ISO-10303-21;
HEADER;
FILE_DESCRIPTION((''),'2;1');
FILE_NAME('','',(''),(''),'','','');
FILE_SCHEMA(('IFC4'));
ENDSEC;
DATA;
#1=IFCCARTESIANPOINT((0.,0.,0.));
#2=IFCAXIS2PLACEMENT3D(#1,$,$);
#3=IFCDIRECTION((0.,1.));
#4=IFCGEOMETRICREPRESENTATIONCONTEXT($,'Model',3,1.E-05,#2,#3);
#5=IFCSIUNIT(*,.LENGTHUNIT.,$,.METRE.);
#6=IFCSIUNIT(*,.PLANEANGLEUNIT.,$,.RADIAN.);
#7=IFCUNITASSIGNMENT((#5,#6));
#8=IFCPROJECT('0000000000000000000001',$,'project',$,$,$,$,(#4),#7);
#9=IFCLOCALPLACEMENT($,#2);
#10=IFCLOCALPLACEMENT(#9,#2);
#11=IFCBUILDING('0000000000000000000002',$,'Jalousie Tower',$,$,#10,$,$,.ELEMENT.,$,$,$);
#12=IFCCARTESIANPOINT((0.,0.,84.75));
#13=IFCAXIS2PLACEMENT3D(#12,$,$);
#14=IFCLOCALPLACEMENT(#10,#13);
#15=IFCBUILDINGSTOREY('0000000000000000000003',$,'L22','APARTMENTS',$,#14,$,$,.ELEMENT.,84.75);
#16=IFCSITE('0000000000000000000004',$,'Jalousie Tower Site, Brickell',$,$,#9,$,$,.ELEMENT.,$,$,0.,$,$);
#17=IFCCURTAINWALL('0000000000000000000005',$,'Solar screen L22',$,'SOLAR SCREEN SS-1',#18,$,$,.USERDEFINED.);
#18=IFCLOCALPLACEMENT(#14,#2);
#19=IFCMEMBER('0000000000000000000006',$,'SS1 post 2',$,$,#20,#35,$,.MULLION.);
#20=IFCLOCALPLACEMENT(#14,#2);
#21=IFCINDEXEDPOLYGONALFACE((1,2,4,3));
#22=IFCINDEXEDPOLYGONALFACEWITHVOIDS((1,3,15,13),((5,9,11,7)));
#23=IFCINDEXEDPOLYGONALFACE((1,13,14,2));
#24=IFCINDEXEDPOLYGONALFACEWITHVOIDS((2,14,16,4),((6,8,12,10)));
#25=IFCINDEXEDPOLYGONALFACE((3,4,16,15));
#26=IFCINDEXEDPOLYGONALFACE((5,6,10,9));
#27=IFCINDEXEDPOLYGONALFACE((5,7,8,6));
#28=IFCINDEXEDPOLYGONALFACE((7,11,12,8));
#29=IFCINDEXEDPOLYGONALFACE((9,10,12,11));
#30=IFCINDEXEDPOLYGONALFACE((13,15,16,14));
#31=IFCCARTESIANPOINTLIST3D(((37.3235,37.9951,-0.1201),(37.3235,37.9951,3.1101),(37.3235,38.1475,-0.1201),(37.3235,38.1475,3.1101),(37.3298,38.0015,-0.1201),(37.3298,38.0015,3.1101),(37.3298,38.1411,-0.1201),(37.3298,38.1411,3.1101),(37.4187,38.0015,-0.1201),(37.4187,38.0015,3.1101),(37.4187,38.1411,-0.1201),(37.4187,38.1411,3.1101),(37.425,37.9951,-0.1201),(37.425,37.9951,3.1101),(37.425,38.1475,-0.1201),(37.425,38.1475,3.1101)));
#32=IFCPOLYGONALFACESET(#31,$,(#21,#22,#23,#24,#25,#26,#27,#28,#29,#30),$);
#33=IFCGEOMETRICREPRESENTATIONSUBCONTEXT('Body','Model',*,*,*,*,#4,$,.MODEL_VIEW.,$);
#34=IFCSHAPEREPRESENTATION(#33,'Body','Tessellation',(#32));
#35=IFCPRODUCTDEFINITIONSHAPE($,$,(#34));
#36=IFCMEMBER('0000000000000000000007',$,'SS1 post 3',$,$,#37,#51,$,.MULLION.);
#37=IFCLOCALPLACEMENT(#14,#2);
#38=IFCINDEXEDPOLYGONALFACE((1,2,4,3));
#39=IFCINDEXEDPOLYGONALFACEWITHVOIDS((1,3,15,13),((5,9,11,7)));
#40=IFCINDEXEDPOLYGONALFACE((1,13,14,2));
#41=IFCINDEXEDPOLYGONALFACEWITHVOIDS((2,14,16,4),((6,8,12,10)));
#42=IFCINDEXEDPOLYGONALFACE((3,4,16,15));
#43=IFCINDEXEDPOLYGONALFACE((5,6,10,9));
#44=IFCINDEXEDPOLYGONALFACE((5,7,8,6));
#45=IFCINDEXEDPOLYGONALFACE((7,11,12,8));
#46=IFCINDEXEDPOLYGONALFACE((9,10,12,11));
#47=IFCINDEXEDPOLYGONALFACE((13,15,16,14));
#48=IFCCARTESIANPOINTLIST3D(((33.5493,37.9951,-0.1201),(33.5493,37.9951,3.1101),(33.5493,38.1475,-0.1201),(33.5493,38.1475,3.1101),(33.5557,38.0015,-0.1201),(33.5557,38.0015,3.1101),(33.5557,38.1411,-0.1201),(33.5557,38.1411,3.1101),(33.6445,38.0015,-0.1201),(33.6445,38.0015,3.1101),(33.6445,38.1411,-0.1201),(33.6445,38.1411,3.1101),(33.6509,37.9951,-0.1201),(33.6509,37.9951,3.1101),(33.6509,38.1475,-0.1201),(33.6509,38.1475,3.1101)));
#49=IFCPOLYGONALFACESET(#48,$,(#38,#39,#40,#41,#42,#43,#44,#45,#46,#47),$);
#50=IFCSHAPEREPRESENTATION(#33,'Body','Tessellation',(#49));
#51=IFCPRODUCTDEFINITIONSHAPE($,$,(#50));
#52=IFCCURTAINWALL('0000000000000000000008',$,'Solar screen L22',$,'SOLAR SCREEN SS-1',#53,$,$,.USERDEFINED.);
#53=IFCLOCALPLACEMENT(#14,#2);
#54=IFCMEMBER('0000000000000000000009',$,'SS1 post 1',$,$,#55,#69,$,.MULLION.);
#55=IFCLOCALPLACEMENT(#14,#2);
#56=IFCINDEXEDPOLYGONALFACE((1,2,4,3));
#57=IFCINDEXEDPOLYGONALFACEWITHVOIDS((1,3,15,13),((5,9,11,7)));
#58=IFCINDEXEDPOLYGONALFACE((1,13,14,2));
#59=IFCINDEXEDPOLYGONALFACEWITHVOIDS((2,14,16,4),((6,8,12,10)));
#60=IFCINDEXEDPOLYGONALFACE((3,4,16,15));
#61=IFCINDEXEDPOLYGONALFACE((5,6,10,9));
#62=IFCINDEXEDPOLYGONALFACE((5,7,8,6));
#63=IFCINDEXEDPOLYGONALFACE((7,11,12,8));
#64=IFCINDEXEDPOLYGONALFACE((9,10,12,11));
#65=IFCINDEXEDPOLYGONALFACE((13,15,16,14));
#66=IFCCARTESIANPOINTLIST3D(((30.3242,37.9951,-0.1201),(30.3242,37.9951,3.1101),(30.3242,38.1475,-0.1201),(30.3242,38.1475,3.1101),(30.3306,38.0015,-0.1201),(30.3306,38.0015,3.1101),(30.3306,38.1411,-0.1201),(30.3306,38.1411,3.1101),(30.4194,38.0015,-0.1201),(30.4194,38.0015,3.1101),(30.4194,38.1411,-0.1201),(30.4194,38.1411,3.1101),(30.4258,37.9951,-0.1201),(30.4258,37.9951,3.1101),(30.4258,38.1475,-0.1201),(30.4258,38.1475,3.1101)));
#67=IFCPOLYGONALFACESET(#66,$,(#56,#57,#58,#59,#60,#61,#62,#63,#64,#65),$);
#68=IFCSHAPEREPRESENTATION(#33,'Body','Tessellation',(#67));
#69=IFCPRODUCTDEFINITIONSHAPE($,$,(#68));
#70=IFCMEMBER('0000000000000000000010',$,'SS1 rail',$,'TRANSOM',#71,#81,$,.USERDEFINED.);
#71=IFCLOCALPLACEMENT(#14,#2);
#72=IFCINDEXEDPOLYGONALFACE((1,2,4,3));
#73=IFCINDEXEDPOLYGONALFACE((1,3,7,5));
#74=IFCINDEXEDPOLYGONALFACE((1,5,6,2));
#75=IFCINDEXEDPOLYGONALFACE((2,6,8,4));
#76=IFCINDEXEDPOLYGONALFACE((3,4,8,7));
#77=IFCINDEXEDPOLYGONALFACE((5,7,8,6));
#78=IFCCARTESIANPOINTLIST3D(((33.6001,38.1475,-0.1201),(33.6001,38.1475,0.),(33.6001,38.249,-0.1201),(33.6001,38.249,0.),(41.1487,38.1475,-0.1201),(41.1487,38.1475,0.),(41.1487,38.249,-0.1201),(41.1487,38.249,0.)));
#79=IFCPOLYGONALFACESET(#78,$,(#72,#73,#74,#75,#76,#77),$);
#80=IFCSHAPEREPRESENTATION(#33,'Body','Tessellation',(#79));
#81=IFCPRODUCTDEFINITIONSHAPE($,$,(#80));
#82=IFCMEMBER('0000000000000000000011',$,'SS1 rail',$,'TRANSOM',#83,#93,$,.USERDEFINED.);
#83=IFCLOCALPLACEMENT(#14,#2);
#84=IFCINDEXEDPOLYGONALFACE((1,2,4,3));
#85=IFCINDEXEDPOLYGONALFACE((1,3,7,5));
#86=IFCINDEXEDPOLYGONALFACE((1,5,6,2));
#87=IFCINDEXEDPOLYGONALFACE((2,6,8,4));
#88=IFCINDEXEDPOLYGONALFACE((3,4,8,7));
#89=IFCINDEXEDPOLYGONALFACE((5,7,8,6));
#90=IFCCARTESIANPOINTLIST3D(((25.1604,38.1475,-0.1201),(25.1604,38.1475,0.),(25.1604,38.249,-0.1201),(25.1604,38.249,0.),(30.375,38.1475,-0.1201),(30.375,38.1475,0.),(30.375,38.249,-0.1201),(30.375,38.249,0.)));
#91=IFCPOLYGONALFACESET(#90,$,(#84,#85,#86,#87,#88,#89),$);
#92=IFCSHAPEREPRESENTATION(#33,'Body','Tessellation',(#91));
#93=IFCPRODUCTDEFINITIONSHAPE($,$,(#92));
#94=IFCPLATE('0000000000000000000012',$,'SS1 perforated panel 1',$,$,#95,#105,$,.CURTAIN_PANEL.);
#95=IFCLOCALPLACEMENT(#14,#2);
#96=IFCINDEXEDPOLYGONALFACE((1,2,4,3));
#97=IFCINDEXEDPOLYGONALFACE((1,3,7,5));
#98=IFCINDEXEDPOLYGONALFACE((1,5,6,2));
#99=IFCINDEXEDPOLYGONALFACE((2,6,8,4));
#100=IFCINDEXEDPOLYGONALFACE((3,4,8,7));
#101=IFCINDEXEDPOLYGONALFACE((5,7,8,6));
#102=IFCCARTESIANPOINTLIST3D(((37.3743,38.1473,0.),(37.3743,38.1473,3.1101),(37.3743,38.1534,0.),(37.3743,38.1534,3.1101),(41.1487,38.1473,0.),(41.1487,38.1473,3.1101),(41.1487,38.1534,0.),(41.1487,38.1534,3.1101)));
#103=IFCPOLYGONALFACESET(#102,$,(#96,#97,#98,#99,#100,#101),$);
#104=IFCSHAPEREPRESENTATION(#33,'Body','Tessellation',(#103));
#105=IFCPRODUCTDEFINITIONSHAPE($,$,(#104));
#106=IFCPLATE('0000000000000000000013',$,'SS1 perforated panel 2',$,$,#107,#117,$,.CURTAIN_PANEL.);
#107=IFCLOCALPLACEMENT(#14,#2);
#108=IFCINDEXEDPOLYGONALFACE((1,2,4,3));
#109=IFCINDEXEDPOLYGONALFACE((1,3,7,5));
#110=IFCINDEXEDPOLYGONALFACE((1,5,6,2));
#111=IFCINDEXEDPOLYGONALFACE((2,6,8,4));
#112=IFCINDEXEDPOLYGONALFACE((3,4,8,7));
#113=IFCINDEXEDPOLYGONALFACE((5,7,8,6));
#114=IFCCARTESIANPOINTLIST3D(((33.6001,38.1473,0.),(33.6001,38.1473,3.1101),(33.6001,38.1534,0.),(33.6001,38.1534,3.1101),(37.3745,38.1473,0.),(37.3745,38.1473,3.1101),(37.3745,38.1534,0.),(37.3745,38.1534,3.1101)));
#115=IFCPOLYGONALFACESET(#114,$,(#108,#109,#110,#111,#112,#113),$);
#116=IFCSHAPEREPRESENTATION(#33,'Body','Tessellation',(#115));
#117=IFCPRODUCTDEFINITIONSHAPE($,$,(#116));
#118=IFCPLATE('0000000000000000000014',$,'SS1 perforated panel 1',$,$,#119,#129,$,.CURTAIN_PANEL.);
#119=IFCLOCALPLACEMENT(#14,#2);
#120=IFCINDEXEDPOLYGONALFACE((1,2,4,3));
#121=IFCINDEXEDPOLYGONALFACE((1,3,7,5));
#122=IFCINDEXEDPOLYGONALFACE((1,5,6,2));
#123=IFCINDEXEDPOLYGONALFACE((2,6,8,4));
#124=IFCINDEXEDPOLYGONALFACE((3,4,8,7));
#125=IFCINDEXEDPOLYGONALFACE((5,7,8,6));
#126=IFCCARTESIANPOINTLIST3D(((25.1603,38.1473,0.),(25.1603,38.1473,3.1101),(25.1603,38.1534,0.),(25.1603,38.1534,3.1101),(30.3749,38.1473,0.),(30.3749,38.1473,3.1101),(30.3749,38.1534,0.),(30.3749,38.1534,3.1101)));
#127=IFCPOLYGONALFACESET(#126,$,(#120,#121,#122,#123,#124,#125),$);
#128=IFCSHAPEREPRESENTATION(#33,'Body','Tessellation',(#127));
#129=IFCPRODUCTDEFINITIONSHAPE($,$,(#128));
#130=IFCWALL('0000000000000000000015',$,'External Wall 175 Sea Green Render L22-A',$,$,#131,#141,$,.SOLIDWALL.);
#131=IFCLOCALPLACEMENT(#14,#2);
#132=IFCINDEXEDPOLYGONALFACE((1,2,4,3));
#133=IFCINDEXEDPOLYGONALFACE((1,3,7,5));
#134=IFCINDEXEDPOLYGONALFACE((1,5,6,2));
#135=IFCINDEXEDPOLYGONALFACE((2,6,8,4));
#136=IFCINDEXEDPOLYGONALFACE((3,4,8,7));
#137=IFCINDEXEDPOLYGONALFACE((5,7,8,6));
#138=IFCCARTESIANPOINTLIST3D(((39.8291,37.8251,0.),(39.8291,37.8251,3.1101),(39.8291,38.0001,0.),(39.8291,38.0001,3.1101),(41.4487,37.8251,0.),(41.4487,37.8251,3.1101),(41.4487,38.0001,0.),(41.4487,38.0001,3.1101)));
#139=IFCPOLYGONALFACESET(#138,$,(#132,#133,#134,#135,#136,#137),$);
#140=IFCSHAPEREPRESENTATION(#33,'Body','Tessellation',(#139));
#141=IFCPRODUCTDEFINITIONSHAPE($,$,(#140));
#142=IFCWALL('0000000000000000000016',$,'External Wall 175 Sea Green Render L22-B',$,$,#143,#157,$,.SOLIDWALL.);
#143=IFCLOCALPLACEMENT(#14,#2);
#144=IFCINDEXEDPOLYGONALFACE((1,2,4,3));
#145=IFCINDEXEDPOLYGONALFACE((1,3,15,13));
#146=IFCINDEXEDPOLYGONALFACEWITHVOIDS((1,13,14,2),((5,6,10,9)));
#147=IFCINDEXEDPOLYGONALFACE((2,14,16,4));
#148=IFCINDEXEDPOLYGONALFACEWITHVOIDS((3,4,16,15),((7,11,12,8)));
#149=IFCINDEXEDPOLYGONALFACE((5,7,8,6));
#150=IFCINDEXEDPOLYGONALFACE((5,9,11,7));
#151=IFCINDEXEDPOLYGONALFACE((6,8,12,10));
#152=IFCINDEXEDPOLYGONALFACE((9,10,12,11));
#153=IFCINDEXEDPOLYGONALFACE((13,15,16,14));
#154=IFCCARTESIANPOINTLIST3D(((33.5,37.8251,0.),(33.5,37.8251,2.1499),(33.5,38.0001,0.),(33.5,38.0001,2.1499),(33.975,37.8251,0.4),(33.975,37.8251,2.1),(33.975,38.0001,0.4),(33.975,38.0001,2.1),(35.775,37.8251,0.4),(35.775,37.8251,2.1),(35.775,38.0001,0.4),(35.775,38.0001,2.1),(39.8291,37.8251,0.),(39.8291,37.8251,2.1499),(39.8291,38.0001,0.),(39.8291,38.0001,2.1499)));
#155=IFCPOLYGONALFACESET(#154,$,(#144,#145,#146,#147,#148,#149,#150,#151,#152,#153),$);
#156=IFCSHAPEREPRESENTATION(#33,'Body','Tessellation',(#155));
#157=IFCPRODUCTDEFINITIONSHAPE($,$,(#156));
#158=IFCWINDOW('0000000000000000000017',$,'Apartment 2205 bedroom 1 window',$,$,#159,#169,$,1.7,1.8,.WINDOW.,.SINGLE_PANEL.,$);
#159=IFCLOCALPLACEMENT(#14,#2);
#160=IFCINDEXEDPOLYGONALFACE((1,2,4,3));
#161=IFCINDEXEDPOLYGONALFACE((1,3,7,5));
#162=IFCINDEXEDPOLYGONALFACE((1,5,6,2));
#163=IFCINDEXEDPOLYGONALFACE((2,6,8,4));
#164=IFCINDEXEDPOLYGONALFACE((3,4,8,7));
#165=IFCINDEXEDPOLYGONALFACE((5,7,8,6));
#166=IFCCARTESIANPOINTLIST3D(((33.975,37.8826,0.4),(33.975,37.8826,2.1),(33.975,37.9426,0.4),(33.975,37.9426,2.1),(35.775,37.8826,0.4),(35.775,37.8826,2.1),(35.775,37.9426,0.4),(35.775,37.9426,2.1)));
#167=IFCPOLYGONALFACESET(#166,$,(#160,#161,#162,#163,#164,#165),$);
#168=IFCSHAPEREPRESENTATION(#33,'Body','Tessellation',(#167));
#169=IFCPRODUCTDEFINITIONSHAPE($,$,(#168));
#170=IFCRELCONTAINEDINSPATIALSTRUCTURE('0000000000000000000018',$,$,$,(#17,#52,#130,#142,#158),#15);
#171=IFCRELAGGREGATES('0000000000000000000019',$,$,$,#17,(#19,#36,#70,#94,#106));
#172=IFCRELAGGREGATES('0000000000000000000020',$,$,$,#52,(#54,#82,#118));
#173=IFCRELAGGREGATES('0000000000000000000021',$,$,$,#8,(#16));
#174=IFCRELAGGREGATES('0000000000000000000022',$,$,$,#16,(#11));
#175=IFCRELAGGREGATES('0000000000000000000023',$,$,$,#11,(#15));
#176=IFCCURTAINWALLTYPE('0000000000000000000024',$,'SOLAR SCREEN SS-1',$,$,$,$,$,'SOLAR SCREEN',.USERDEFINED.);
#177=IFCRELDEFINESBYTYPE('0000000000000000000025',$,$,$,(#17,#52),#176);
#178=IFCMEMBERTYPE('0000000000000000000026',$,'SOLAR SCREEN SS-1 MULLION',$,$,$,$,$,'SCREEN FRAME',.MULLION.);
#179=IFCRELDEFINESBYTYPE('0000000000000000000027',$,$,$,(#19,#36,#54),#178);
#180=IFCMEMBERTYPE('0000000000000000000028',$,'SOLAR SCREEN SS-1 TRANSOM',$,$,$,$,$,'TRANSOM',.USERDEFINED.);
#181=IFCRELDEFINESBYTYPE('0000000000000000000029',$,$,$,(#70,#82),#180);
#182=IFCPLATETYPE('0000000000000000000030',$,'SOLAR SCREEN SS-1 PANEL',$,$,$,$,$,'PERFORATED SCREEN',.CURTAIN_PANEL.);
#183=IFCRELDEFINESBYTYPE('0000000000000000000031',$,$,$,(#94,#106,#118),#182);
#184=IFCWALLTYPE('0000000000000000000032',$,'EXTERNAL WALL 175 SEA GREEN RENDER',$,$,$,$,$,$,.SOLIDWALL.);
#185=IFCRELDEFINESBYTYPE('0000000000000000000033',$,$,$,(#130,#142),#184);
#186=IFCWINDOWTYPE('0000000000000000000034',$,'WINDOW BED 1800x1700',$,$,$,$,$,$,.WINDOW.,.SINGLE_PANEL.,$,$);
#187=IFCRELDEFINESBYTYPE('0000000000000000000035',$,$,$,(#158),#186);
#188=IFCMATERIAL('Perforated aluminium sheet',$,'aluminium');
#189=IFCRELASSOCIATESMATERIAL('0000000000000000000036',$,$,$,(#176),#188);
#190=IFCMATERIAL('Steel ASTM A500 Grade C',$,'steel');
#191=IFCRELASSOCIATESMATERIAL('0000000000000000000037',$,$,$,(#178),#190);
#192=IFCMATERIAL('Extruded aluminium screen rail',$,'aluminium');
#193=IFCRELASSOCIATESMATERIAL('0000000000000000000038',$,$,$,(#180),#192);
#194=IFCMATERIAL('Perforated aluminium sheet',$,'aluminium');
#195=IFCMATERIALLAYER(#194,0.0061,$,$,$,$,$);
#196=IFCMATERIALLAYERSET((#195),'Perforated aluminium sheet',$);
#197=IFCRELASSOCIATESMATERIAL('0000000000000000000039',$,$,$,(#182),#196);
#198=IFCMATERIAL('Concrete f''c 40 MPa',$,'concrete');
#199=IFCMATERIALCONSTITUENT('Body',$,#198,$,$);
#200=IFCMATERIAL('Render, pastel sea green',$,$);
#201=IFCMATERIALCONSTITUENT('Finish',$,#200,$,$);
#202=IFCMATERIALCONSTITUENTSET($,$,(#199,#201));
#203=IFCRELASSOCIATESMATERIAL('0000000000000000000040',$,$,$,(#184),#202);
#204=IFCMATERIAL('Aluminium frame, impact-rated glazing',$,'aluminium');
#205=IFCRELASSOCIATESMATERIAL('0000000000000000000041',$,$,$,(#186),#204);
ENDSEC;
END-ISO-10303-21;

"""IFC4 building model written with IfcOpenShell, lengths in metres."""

from ifc_helpers import new_model, si_unit, direction, frame, frame_2d, origin, origin_2d, place, context, subcontext, project, spatial, rectangle, hollow_rectangle, extrude, material, layer, layer_set, constituent, constituent_set, material_profile, profile_set, type_object, element, fill, aggregate, save


model = new_model("IFC4")

# Units and contexts
model_context = context("Model", 3, precision=1e-05, world=origin(), true_north=direction((0.0, 1.0)))
body_context = subcontext(model_context, "Body", "Model", "MODEL_VIEW")
ifc_project = project(units=[si_unit("LENGTHUNIT", "METRE"), si_unit("PLANEANGLEUNIT", "RADIAN")], contexts=[model_context])

# Site, building, storey
site_placement = place(None, origin())
site = spatial("IfcSite", under=ifc_project, at=site_placement, Name="Jalousie Tower Site, Brickell", CompositionType="ELEMENT", RefElevation=0.0)
building_placement = place(site_placement, origin())
building = spatial("IfcBuilding", under=site, at=building_placement, Name="Jalousie Tower", CompositionType="ELEMENT")
storey_placement = place(building_placement, frame((0.0, 0.0, 84.75)))
storey = spatial("IfcBuildingStorey", under=building, at=storey_placement, Name="L22", Description="APARTMENTS", CompositionType="ELEMENT", Elevation=84.75)

# Curtain wall, members
ifc_material_1 = material(Name="Perforated aluminium sheet", Category="aluminium")
curtain_wall_type = type_object("IfcCurtainWallType", Name="SOLAR SCREEN SS-1", ElementType="SOLAR SCREEN", PredefinedType="USERDEFINED", material=ifc_material_1)
curtain_wall_1_placement = place(storey_placement, origin())
curtain_wall_1 = element("IfcCurtainWall", 1, at=curtain_wall_1_placement, inside=storey, type_object=curtain_wall_type, Name="Solar screen L22", ObjectType="SOLAR SCREEN SS-1", PredefinedType="USERDEFINED")
ifc_material_2 = material(Name="Steel ASTM A500 Grade C", Category="steel")
ifc_material_profile_1 = material_profile(ifc_material_2, hollow_rectangle(XDim=0.1016, YDim=0.1523, WallThickness=0.0063, at=origin_2d()), Name="HSS6X4X1/4")
ifc_profile_set_1 = profile_set([ifc_material_profile_1], Name="Steel ASTM A500 Grade C")
member_type_1 = type_object("IfcMemberType", Name="SOLAR SCREEN SS-1 MULLION", ElementType="SCREEN FRAME", PredefinedType="MULLION", material=ifc_profile_set_1)
member_1_placement = place(storey_placement, frame((37.3743, 38.0713, -0.1201), z_axis=(0.0, 0.0, 1.0), x_axis=(-1.0, 0.0, 0.0)))
member_1 = element("IfcMember", 2, at=member_1_placement, type_object=member_type_1, Name="SS1 post 2", PredefinedType="MULLION", context=body_context, shape_type="SweptSolid", body=[
    extrude(hollow_rectangle(XDim=0.1016, YDim=0.1523, WallThickness=0.0063, at=origin_2d()), origin(), (0.0, 0.0, 1.0), 3.2302),
])
member_2_placement = place(storey_placement, frame((33.6001, 38.0713, -0.1201), z_axis=(0.0, 0.0, 1.0), x_axis=(-1.0, 0.0, 0.0)))
member_2 = element("IfcMember", 3, at=member_2_placement, type_object=member_type_1, Name="SS1 post 3", PredefinedType="MULLION", context=body_context, shape_type="SweptSolid", body=[
    extrude(hollow_rectangle(XDim=0.1016, YDim=0.1523, WallThickness=0.0063, at=origin_2d()), origin(), (0.0, 0.0, 1.0), 3.2302),
])

# Curtain wall, member
curtain_wall_2_placement = place(storey_placement, origin())
curtain_wall_2 = element("IfcCurtainWall", 4, at=curtain_wall_2_placement, inside=storey, type_object=curtain_wall_type, Name="Solar screen L22", ObjectType="SOLAR SCREEN SS-1", PredefinedType="USERDEFINED")
member_3_placement = place(storey_placement, frame((30.375, 38.0713, -0.1201), z_axis=(0.0, 0.0, 1.0), x_axis=(-1.0, 0.0, 0.0)))
member_3 = element("IfcMember", 5, at=member_3_placement, type_object=member_type_1, Name="SS1 post 1", PredefinedType="MULLION", context=body_context, shape_type="SweptSolid", body=[
    extrude(hollow_rectangle(XDim=0.1016, YDim=0.1523, WallThickness=0.0063, at=origin_2d()), origin(), (0.0, 0.0, 1.0), 3.2302),
])

# Members
ifc_material_3 = material(Name="Extruded aluminium screen rail", Category="aluminium")
ifc_material_profile_2 = material_profile(ifc_material_3, rectangle(XDim=0.1016, YDim=0.1201, at=origin_2d()), Name="RAIL 102x120")
ifc_profile_set_2 = profile_set([ifc_material_profile_2], Name="Extruded aluminium screen rail")
member_type_2 = type_object("IfcMemberType", Name="SOLAR SCREEN SS-1 TRANSOM", ElementType="TRANSOM", PredefinedType="USERDEFINED", material=ifc_profile_set_2)
member_4_placement = place(storey_placement, frame((41.1487, 38.1982, -0.0601), z_axis=(-1.0, 0.0, 0.0), x_axis=(0.0, -1.0, 0.0)))
member_4 = element("IfcMember", 6, at=member_4_placement, type_object=member_type_2, Name="SS1 rail", ObjectType="TRANSOM", PredefinedType="USERDEFINED", context=body_context, shape_type="SweptSolid", body=[
    extrude(rectangle(XDim=0.1016, YDim=0.1201, at=origin_2d()), origin(), (0.0, 0.0, 1.0), 7.5486),
])
member_5_placement = place(storey_placement, frame((30.375, 38.1982, -0.0601), z_axis=(-1.0, 0.0, 0.0), x_axis=(0.0, -1.0, 0.0)))
member_5 = element("IfcMember", 7, at=member_5_placement, type_object=member_type_2, Name="SS1 rail", ObjectType="TRANSOM", PredefinedType="USERDEFINED", context=body_context, shape_type="SweptSolid", body=[
    extrude(rectangle(XDim=0.1016, YDim=0.1201, at=origin_2d()), origin(), (0.0, 0.0, 1.0), 5.2146),
])

# Plates
ifc_material_4 = material(Name="Perforated aluminium sheet", Category="aluminium")
ifc_layer_1 = layer(ifc_material_4, 0.0061)
ifc_layer_set_1 = layer_set([ifc_layer_1], Name="Perforated aluminium sheet")
plate_type = type_object("IfcPlateType", Name="SOLAR SCREEN SS-1 PANEL", ElementType="PERFORATED SCREEN", PredefinedType="CURTAIN_PANEL", material=ifc_layer_set_1)
plate_1_placement = place(storey_placement, frame((39.2615, 38.1504, 0.0), z_axis=(0.0, 0.0, 1.0), x_axis=(-1.0, 0.0, 0.0)))
plate_1 = element("IfcPlate", 8, at=plate_1_placement, type_object=plate_type, Name="SS1 perforated panel 1", PredefinedType="CURTAIN_PANEL", context=body_context, shape_type="SweptSolid", body=[
    extrude(rectangle(XDim=3.7744, YDim=0.0061, at=origin_2d()), origin(), (0.0, 0.0, 1.0), 3.1101),
])
plate_2_placement = place(storey_placement, frame((35.4873, 38.1504, 0.0), z_axis=(0.0, 0.0, 1.0), x_axis=(-1.0, 0.0, 0.0)))
plate_2 = element("IfcPlate", 9, at=plate_2_placement, type_object=plate_type, Name="SS1 perforated panel 2", PredefinedType="CURTAIN_PANEL", context=body_context, shape_type="SweptSolid", body=[
    extrude(rectangle(XDim=3.7744, YDim=0.0061, at=origin_2d()), origin(), (0.0, 0.0, 1.0), 3.1101),
])
aggregate(curtain_wall_1, [member_1, member_2, member_4, plate_1, plate_2])
plate_3_placement = place(storey_placement, frame((27.7676, 38.1504, 0.0), z_axis=(0.0, 0.0, 1.0), x_axis=(-1.0, 0.0, 0.0)))
plate_3 = element("IfcPlate", 10, at=plate_3_placement, type_object=plate_type, Name="SS1 perforated panel 1", PredefinedType="CURTAIN_PANEL", context=body_context, shape_type="SweptSolid", body=[
    extrude(rectangle(XDim=5.2146, YDim=0.0061, at=origin_2d()), origin(), (0.0, 0.0, 1.0), 3.1101),
])
aggregate(curtain_wall_2, [member_3, member_5, plate_3])

# Wall
ifc_material_5 = material(Name="Concrete f'c 40 MPa", Category="concrete")
ifc_constituent_1 = constituent(ifc_material_5, Name="Body")
ifc_material_6 = material(Name="Render, pastel sea green")
ifc_constituent_2 = constituent(ifc_material_6, Name="Finish")
ifc_constituent_set_1 = constituent_set(constituents=[ifc_constituent_1, ifc_constituent_2])
wall_type_1 = type_object("IfcWallType", Name="EXTERNAL WALL 175 SEA GREEN RENDER", PredefinedType="SOLIDWALL", material=ifc_constituent_set_1)
wall_1_placement = place(storey_placement, frame((41.4487, 37.9126, 0.0), z_axis=(0.0, 0.0, 1.0), x_axis=(-1.0, 0.0, 0.0)))
element("IfcWall", 11, at=wall_1_placement, inside=storey, type_object=wall_type_1, Name="External Wall 175 Sea Green Render L22-A", PredefinedType="SOLIDWALL", context=body_context, shape_type="SweptSolid", body=[
    extrude(rectangle(XDim=1.6196, YDim=0.175, at=frame_2d((0.8098, 0.0))), origin(), (0.0, 0.0, 1.0), 3.1101),
])

# Wall, opening, window
wall_2_placement = place(storey_placement, frame((39.8291, 37.9126, 0.0), z_axis=(0.0, 0.0, 1.0), x_axis=(-1.0, 0.0, 0.0)))
wall_2 = element("IfcWall", 12, at=wall_2_placement, inside=storey, type_object=wall_type_1, Name="External Wall 175 Sea Green Render L22-B", PredefinedType="SOLIDWALL", context=body_context, shape_type="SweptSolid", body=[
    extrude(rectangle(XDim=6.3291, YDim=0.175, at=frame_2d((3.1646, 0.0))), origin(), (0.0, 0.0, 1.0), 2.1499),
])
opening_1_placement = place(wall_2_placement, frame((4.0542, 0.0, 0.3999)))
opening_1 = element("IfcOpeningElement", 13, at=opening_1_placement, cuts=wall_2, PredefinedType="OPENING", context=body_context, shape_type="SweptSolid", body=[
    extrude(rectangle(XDim=1.8, YDim=1.7, at=frame_2d((0.8999, 0.8501))), frame((0.0, 0.0974, 0.0), z_axis=(0.0, -1.0, 0.0), x_axis=(1.0, 0.0, 0.0)), (0.0, 0.0, 1.0), 0.1951),
])
ifc_material_7 = material(Name="Aluminium frame, impact-rated glazing", Category="aluminium")
window_type_1 = type_object("IfcWindowType", Name="WINDOW BED 1800x1700", PartitioningType="SINGLE_PANEL", PredefinedType="WINDOW", material=ifc_material_7)
window_1_placement = place(opening_1_placement, origin())
window_1 = element("IfcWindow", 14, at=window_1_placement, inside=storey, type_object=window_type_1, Name="Apartment 2205 bedroom 1 window", OverallHeight=1.7, OverallWidth=1.8, PartitioningType="SINGLE_PANEL", PredefinedType="WINDOW", context=body_context, shape_type="SweptSolid", body=[
    extrude(rectangle(XDim=1.8, YDim=1.7, at=frame_2d((0.8999, 0.8501))), frame((0.0, 0.03, 0.0), z_axis=(0.0, -1.0, 0.0), x_axis=(1.0, 0.0, 0.0)), (0.0, 0.0, 1.0), 0.0601),
])
fill(opening_1, window_1)

save(model, "model.ifc")
